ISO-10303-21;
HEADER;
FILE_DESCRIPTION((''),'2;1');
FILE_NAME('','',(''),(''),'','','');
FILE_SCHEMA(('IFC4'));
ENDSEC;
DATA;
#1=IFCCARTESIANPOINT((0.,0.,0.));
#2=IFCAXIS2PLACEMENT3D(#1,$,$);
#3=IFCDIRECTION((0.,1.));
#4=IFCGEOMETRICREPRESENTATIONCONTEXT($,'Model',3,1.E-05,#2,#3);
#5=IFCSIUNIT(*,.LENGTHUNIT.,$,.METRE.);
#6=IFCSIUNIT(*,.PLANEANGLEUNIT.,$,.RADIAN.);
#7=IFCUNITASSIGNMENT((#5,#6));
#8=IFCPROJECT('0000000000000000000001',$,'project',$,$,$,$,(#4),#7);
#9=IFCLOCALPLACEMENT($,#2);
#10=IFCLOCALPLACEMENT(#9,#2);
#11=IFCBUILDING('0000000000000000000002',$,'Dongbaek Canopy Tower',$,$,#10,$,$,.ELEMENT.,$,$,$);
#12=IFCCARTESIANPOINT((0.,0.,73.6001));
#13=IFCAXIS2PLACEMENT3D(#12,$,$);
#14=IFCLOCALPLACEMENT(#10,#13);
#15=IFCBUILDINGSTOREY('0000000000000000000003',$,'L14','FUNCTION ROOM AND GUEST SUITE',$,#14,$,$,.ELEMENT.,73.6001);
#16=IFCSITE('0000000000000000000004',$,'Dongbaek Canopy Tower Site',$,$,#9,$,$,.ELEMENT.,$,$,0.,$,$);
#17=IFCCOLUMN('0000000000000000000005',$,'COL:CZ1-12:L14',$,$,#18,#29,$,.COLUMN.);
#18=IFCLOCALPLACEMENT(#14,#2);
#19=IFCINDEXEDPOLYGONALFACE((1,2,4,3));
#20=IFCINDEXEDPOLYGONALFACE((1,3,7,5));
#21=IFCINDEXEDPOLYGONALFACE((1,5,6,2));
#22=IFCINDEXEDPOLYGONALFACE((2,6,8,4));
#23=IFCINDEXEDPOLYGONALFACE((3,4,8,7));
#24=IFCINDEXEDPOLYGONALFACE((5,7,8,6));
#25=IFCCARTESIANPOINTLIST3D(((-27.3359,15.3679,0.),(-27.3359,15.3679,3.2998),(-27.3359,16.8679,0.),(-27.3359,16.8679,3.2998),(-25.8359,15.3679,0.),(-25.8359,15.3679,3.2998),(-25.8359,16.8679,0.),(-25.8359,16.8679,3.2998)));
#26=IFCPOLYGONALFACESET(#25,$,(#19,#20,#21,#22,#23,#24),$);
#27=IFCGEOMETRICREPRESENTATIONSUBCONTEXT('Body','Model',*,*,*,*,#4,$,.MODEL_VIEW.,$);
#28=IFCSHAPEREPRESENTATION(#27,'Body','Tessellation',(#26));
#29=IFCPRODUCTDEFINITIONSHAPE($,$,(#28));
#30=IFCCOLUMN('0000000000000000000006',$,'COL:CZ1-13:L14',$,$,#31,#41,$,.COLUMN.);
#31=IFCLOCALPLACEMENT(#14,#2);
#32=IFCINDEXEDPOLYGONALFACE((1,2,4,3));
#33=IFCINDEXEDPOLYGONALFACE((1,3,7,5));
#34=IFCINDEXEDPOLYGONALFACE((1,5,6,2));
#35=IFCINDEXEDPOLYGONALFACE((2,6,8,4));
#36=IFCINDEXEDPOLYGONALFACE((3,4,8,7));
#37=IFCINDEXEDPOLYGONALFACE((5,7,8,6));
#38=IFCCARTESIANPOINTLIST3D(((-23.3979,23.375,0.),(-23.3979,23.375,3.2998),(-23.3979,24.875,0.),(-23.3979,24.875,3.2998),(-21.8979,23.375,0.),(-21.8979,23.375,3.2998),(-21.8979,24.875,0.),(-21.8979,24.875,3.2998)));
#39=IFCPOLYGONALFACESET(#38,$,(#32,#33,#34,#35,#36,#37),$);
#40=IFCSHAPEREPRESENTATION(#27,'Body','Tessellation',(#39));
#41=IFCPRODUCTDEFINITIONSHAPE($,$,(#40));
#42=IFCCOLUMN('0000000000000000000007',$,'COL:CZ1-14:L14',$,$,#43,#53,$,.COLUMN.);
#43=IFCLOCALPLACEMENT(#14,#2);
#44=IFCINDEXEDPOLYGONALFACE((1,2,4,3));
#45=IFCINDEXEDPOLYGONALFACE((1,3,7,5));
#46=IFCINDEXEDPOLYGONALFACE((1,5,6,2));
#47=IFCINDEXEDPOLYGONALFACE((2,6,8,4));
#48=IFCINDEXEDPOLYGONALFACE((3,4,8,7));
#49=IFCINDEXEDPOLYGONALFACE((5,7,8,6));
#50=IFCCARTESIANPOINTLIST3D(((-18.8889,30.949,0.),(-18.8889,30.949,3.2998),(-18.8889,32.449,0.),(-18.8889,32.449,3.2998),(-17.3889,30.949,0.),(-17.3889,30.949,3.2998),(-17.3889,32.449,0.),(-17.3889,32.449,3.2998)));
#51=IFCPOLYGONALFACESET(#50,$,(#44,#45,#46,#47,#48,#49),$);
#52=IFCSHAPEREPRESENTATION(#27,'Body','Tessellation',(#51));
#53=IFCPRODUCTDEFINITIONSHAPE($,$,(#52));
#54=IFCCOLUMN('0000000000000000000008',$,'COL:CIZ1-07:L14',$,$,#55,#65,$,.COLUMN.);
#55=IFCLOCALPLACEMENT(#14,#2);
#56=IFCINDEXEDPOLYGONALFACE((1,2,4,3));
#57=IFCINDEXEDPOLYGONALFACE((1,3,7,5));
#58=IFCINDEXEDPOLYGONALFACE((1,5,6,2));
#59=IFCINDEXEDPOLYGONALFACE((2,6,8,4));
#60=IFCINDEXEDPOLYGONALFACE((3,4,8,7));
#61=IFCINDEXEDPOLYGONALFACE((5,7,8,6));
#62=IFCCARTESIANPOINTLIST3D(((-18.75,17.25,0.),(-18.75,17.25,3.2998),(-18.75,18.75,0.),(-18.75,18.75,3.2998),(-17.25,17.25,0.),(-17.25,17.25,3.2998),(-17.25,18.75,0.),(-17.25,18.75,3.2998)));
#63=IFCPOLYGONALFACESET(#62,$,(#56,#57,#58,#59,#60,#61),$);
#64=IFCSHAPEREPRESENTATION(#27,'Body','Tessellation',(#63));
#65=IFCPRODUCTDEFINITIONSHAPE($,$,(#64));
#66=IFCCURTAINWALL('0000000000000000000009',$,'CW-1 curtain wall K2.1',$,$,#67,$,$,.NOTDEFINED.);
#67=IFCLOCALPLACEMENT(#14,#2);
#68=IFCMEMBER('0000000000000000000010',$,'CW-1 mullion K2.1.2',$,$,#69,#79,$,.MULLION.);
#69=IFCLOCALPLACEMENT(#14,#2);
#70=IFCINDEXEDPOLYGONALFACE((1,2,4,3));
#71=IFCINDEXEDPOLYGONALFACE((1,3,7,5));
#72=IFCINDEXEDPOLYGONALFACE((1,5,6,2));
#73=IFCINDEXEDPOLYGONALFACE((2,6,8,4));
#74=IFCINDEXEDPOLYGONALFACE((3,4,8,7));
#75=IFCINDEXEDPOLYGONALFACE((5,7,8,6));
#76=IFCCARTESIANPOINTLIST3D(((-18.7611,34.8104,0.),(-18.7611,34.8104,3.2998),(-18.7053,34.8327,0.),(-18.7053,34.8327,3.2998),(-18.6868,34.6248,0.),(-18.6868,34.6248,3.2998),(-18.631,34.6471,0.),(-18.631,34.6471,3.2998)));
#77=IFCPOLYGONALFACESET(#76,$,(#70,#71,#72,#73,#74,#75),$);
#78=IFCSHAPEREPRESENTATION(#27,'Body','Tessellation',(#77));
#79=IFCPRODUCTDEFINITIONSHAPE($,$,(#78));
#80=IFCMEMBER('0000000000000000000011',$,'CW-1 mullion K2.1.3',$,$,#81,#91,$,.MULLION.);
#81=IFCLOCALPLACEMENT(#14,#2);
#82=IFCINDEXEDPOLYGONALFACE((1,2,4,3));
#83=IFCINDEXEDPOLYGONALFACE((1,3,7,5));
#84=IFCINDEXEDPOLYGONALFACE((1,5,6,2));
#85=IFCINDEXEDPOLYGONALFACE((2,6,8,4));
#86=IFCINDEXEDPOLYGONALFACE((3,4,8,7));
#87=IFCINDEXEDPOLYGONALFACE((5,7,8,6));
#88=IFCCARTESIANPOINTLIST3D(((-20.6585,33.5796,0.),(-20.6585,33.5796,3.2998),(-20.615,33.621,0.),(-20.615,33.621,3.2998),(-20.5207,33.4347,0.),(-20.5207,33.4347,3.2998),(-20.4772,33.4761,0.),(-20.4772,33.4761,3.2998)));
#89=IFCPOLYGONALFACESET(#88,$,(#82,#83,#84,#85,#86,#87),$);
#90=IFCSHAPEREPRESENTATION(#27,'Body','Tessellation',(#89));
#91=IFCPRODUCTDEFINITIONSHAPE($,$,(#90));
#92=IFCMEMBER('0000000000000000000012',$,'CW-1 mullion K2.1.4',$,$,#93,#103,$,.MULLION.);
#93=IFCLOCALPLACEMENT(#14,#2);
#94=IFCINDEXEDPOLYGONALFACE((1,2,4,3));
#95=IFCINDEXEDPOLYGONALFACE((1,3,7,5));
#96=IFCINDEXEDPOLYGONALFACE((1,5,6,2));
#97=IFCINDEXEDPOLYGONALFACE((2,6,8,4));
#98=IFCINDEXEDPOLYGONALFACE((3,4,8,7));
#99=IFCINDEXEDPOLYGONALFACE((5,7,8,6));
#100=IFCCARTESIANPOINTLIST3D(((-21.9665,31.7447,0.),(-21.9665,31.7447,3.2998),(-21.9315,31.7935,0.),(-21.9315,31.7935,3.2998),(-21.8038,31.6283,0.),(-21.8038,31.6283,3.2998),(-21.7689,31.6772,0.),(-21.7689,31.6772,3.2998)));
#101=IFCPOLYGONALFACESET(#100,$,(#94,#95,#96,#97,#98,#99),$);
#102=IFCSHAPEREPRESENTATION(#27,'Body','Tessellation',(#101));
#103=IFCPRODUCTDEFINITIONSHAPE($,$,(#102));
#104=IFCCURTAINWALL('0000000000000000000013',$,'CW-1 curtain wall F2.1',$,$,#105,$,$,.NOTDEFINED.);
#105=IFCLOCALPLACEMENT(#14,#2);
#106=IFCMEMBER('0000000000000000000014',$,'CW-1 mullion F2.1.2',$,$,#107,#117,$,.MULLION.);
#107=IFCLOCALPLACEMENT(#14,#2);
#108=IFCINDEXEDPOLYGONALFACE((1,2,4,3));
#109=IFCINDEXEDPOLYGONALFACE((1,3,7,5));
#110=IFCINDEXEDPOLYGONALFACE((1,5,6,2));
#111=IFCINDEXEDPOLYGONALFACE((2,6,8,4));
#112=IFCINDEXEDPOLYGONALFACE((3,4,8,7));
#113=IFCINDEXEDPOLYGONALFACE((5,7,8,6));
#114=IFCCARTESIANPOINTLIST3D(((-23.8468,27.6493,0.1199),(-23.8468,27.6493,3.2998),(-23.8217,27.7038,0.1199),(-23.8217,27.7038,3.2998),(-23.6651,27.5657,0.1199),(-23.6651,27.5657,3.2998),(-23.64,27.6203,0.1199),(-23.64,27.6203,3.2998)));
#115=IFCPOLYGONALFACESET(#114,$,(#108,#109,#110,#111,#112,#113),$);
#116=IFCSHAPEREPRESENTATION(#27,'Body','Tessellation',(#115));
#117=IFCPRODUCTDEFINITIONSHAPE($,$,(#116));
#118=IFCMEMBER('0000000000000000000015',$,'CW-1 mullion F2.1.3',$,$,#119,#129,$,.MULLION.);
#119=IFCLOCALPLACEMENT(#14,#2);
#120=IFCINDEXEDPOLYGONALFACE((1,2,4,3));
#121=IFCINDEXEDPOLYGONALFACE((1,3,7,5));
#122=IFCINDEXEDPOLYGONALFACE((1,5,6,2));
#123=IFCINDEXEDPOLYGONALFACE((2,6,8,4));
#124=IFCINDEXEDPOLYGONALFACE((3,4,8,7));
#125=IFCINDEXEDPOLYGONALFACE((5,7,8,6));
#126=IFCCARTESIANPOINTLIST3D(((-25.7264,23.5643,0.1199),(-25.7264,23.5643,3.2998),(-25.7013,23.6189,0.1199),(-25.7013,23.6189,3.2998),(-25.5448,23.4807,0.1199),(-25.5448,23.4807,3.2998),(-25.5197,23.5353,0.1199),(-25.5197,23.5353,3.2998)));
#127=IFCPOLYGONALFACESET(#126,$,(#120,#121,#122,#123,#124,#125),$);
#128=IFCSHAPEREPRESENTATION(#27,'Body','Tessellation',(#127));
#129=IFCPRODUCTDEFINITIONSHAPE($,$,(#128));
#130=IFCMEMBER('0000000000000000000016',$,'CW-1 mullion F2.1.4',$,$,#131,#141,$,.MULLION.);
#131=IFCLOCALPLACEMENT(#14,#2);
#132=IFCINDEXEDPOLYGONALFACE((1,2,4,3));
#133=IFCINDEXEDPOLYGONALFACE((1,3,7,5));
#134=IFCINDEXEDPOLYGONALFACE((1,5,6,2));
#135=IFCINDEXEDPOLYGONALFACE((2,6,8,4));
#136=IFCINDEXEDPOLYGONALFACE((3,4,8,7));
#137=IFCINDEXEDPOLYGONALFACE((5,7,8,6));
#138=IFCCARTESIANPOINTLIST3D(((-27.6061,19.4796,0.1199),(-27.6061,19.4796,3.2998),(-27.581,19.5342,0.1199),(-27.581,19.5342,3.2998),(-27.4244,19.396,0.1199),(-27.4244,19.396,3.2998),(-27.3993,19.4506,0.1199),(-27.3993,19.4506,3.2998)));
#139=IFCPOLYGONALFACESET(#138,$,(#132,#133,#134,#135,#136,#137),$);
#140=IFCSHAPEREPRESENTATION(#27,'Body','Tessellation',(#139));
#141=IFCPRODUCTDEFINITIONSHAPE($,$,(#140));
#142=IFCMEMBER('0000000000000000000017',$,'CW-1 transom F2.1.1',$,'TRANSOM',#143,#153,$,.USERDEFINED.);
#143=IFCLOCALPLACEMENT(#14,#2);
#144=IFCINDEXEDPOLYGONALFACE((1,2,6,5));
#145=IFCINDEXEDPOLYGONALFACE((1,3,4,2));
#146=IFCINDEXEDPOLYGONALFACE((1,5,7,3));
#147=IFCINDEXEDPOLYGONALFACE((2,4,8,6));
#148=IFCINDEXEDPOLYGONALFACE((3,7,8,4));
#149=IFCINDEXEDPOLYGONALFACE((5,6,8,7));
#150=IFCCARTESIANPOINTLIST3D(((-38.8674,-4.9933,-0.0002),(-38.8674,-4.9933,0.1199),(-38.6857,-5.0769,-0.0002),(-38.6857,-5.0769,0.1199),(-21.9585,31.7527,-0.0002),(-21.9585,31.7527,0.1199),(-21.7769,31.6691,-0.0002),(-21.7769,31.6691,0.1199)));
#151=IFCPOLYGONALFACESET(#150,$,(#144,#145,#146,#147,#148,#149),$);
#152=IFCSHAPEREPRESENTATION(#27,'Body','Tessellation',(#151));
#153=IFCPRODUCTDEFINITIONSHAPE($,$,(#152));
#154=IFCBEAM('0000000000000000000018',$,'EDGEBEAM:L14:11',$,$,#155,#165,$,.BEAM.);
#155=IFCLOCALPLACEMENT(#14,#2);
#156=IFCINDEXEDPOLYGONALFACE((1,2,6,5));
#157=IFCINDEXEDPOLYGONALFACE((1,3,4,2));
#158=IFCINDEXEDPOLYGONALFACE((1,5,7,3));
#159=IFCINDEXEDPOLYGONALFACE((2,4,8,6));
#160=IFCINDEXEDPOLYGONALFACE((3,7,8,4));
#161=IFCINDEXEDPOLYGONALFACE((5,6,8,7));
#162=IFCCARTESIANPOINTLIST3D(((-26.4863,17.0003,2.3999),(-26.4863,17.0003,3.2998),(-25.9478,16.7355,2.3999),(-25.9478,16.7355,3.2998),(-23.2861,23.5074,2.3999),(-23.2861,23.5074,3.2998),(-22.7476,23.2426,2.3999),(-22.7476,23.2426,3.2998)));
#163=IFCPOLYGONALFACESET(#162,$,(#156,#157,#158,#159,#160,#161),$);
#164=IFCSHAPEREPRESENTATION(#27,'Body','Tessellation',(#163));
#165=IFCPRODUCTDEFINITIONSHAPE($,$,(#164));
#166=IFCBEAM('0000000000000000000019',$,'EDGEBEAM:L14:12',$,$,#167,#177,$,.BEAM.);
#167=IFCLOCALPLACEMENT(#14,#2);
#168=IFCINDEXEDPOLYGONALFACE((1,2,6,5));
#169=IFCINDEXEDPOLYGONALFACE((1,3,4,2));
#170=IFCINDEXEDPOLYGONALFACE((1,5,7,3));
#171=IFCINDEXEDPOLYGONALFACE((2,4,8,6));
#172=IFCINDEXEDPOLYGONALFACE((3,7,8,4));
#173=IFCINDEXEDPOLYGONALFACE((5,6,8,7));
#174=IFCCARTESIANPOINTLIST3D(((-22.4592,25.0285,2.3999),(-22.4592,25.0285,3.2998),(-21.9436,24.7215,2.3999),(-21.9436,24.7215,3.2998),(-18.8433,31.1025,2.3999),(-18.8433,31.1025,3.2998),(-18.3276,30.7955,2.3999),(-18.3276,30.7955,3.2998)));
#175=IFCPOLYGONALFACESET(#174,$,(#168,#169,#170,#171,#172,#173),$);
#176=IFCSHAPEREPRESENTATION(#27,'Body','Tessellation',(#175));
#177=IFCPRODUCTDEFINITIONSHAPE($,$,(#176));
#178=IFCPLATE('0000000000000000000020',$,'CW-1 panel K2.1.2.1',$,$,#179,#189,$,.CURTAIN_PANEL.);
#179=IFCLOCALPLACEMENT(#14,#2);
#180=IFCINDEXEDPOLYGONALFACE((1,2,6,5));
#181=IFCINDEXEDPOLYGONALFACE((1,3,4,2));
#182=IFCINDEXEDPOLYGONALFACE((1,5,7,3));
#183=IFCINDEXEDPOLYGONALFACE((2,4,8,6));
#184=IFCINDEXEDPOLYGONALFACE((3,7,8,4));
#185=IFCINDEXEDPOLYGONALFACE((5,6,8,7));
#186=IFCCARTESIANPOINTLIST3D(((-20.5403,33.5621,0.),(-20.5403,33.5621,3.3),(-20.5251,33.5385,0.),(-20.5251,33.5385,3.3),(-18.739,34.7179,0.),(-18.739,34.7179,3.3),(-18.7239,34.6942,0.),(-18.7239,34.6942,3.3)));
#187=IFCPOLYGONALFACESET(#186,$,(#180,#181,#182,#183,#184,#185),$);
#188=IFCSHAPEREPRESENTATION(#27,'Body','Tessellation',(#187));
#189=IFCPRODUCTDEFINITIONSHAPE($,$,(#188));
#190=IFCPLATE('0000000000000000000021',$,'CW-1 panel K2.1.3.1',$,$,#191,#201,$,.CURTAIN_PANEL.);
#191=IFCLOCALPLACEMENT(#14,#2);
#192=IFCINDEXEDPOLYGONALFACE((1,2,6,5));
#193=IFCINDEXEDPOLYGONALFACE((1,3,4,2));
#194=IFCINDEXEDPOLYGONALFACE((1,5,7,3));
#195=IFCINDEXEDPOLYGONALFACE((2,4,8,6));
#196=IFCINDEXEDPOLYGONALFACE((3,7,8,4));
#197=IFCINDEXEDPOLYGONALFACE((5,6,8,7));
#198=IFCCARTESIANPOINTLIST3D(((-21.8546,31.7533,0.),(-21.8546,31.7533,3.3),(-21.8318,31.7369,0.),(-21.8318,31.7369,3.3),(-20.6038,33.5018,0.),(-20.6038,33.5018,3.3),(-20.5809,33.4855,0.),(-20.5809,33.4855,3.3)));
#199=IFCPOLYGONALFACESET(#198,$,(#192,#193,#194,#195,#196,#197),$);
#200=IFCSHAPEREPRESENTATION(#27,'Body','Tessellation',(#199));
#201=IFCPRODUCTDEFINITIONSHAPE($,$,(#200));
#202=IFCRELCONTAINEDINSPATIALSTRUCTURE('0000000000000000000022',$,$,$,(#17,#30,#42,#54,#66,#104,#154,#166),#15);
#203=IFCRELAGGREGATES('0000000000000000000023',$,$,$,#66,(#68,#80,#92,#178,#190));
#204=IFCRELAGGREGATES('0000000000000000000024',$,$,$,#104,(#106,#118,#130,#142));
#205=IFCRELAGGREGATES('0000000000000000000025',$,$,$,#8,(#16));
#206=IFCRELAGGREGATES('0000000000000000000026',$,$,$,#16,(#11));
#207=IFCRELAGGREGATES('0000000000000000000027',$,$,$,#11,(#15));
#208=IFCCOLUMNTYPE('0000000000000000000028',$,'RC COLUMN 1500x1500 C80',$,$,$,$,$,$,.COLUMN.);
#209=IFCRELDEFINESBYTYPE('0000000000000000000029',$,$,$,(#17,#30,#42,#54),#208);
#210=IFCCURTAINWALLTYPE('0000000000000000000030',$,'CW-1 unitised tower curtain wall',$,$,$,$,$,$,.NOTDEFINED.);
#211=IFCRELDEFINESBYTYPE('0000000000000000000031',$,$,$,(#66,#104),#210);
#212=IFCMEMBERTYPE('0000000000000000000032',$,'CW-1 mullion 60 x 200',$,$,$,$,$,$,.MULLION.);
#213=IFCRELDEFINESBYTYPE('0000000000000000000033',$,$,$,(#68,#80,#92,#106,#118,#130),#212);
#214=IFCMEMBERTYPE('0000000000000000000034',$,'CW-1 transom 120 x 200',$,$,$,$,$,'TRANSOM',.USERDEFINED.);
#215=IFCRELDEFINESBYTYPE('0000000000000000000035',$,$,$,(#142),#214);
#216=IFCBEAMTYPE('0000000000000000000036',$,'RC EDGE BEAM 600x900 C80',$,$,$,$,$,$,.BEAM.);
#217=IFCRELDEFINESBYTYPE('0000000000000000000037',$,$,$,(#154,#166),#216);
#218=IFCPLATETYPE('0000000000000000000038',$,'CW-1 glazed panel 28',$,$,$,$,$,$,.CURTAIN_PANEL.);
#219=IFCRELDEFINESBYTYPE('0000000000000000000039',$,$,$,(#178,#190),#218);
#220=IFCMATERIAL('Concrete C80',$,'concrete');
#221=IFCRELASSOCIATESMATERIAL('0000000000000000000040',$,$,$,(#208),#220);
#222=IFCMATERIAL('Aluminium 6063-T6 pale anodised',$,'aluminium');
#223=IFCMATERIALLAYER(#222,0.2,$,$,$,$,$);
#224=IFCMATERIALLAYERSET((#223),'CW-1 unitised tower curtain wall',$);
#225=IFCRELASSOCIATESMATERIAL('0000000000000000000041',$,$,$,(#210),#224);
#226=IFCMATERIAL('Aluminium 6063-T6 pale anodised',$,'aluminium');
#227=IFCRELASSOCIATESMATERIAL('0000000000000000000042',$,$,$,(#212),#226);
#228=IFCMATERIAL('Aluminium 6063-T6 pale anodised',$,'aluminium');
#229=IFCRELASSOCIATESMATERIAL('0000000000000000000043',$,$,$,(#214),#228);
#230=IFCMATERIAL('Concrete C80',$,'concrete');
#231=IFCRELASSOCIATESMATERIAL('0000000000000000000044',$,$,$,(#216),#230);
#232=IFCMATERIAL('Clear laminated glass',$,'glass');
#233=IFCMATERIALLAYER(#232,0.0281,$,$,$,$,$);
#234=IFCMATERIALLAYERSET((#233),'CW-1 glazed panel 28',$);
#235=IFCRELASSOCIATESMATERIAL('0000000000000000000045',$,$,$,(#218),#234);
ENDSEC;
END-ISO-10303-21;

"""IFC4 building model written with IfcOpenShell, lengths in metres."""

from ifc_helpers import new_model, si_unit, direction, frame, origin, origin_2d, place, context, subcontext, project, spatial, rectangle, extrude, material, layer, layer_set, material_profile, profile_set, type_object, element, aggregate, save


model = new_model("IFC4")

# Units and contexts
model_context = context("Model", 3, precision=1e-05, world=origin(), true_north=direction((0.0, 1.0)))
body_context = subcontext(model_context, "Body", "Model", "MODEL_VIEW")
ifc_project = project(units=[si_unit("LENGTHUNIT", "METRE"), si_unit("PLANEANGLEUNIT", "RADIAN")], contexts=[model_context])

# Site, building, storey
site_placement = place(None, origin())
site = spatial("IfcSite", under=ifc_project, at=site_placement, Name="Dongbaek Canopy Tower Site", CompositionType="ELEMENT", RefElevation=0.0)
building_placement = place(site_placement, origin())
building = spatial("IfcBuilding", under=site, at=building_placement, Name="Dongbaek Canopy Tower", CompositionType="ELEMENT")
storey_placement = place(building_placement, frame((0.0, 0.0, 73.6001)))
storey = spatial("IfcBuildingStorey", under=building, at=storey_placement, Name="L14", Description="FUNCTION ROOM AND GUEST SUITE", CompositionType="ELEMENT", Elevation=73.6001)

# Columns
ifc_material_1 = material(Name="Concrete C80", Category="concrete")
ifc_material_profile_1 = material_profile(ifc_material_1, rectangle(XDim=1.5, YDim=1.5, at=origin_2d()), Name="RC COLUMN 1500x1500 C80")
ifc_profile_set_1 = profile_set([ifc_material_profile_1], Name="Concrete C80")
column_type = type_object("IfcColumnType", Name="RC COLUMN 1500x1500 C80", PredefinedType="COLUMN", material=ifc_profile_set_1)
for number, where, z_axis, x_axis, name in (
    (1, (-26.5859, 16.1179, 0.0), (0.0, 0.0, 1.0), (1.0, 0.0, 0.0), "COL:CZ1-12:L14"),
    (2, (-22.6479, 24.125, 0.0), (0.0, 0.0, 1.0), (1.0, 0.0, 0.0), "COL:CZ1-13:L14"),
    (3, (-18.1389, 31.699, 0.0), (0.0, 0.0, 1.0), (1.0, 0.0, 0.0), "COL:CZ1-14:L14"),
    (4, (-18.0, 18.0, 0.0), (0.0, 0.0, 1.0), (1.0, 0.0, 0.0), "COL:CIZ1-07:L14"),
):
    element("IfcColumn", number, at=place(storey_placement, frame(where, z_axis=z_axis, x_axis=x_axis)), inside=storey, type_object=column_type, Name=name, PredefinedType="COLUMN", context=body_context, shape_type="SweptSolid", body=[
        extrude(rectangle(XDim=1.5, YDim=1.5, at=origin_2d()), origin(), (0.0, 0.0, 1.0), 3.2998),
    ])

# Curtain walls, members
ifc_material_2 = material(Name="Aluminium 6063-T6 pale anodised", Category="aluminium")
ifc_layer_1 = layer(ifc_material_2, 0.2)
ifc_layer_set_1 = layer_set([ifc_layer_1], Name="CW-1 unitised tower curtain wall")
curtain_wall_type = type_object("IfcCurtainWallType", Name="CW-1 unitised tower curtain wall", PredefinedType="NOTDEFINED", material=ifc_layer_set_1)
curtain_wall_1_placement = place(storey_placement, origin())
curtain_wall_1 = element("IfcCurtainWall", 5, at=curtain_wall_1_placement, inside=storey, type_object=curtain_wall_type, Name="CW-1 curtain wall K2.1", PredefinedType="NOTDEFINED")
ifc_material_3 = material(Name="Aluminium 6063-T6 pale anodised", Category="aluminium")
ifc_material_profile_2 = material_profile(ifc_material_3, rectangle(XDim=0.2, YDim=0.0601, at=origin_2d()), Name="CW-1 mullion 60 x 200")
ifc_profile_set_2 = profile_set([ifc_material_profile_2], Name="Aluminium 6063-T6 pale anodised")
member_type_1 = type_object("IfcMemberType", Name="CW-1 mullion 60 x 200", PredefinedType="MULLION", material=ifc_profile_set_2)
member_1_placement = place(storey_placement, frame((-18.696, 34.7288, 0.0), z_axis=(0.0, 0.0, 1.0), x_axis=(-0.371662, 0.928368, 0.0)))
member_1 = element("IfcMember", 6, at=member_1_placement, type_object=member_type_1, Name="CW-1 mullion K2.1.2", PredefinedType="MULLION", context=body_context, shape_type="SweptSolid", body=[
    extrude(rectangle(XDim=0.2, YDim=0.0601, at=origin_2d()), origin(), (0.0, 0.0, 1.0), 3.2998),
])
member_2_placement = place(storey_placement, frame((-20.5679, 33.5278, 0.0), z_axis=(0.0, 0.0, 1.0), x_axis=(-0.689039, 0.724724, 0.0)))
member_2 = element("IfcMember", 7, at=member_2_placement, type_object=member_type_1, Name="CW-1 mullion K2.1.3", PredefinedType="MULLION", context=body_context, shape_type="SweptSolid", body=[
    extrude(rectangle(XDim=0.2, YDim=0.0601, at=origin_2d()), origin(), (0.0, 0.0, 1.0), 3.2998),
])
member_3_placement = place(storey_placement, frame((-21.8677, 31.7109, 0.0), z_axis=(0.0, 0.0, 1.0), x_axis=(-0.813325, 0.58181, 0.0)))
member_3 = element("IfcMember", 8, at=member_3_placement, type_object=member_type_1, Name="CW-1 mullion K2.1.4", PredefinedType="MULLION", context=body_context, shape_type="SweptSolid", body=[
    extrude(rectangle(XDim=0.2, YDim=0.0601, at=origin_2d()), origin(), (0.0, 0.0, 1.0), 3.2998),
])
curtain_wall_2_placement = place(storey_placement, origin())
curtain_wall_2 = element("IfcCurtainWall", 9, at=curtain_wall_2_placement, inside=storey, type_object=curtain_wall_type, Name="CW-1 curtain wall F2.1", PredefinedType="NOTDEFINED")
member_4_placement = place(storey_placement, frame((-23.7434, 27.6348, 0.1199), z_axis=(0.0, 0.0, 1.0), x_axis=(-0.908436, 0.418025, 0.0)))
member_4 = element("IfcMember", 10, at=member_4_placement, type_object=member_type_1, Name="CW-1 mullion F2.1.2", PredefinedType="MULLION", context=body_context, shape_type="SweptSolid", body=[
    extrude(rectangle(XDim=0.2, YDim=0.0601, at=origin_2d()), origin(), (0.0, 0.0, 1.0), 3.1799),
])
member_5_placement = place(storey_placement, frame((-25.623, 23.5498, 0.1199), z_axis=(0.0, 0.0, 1.0), x_axis=(-0.908436, 0.418025, 0.0)))
member_5 = element("IfcMember", 11, at=member_5_placement, type_object=member_type_1, Name="CW-1 mullion F2.1.3", PredefinedType="MULLION", context=body_context, shape_type="SweptSolid", body=[
    extrude(rectangle(XDim=0.2, YDim=0.0601, at=origin_2d()), origin(), (0.0, 0.0, 1.0), 3.1799),
])
member_6_placement = place(storey_placement, frame((-27.5027, 19.4651, 0.1199), z_axis=(0.0, 0.0, 1.0), x_axis=(-0.908436, 0.418025, 0.0)))
member_6 = element("IfcMember", 12, at=member_6_placement, type_object=member_type_1, Name="CW-1 mullion F2.1.4", PredefinedType="MULLION", context=body_context, shape_type="SweptSolid", body=[
    extrude(rectangle(XDim=0.2, YDim=0.0601, at=origin_2d()), origin(), (0.0, 0.0, 1.0), 3.1799),
])
ifc_material_4 = material(Name="Aluminium 6063-T6 pale anodised", Category="aluminium")
ifc_material_profile_3 = material_profile(ifc_material_4, rectangle(XDim=0.2, YDim=0.1201, at=origin_2d()), Name="CW-1 transom 120 x 200")
ifc_profile_set_3 = profile_set([ifc_material_profile_3], Name="Aluminium 6063-T6 pale anodised")
member_type_2 = type_object("IfcMemberType", Name="CW-1 transom 120 x 200", ElementType="TRANSOM", PredefinedType="USERDEFINED", material=ifc_profile_set_3)
member_7_placement = place(storey_placement, frame((-21.8677, 31.7109, 0.0598), z_axis=(-0.418023, -0.908437, 0.0), x_axis=(0.908437, -0.418023, 0.0)))
member_7 = element("IfcMember", 13, at=member_7_placement, type_object=member_type_2, Name="CW-1 transom F2.1.1", ObjectType="TRANSOM", PredefinedType="USERDEFINED", context=body_context, shape_type="SweptSolid", body=[
    extrude(rectangle(XDim=0.2, YDim=0.1201, at=origin_2d()), origin(), (0.0, 0.0, 1.0), 40.4497),
])

# Beams
ifc_material_5 = material(Name="Concrete C80", Category="concrete")
ifc_material_profile_4 = material_profile(ifc_material_5, rectangle(XDim=0.6001, YDim=0.8999, at=origin_2d()), Name="RC EDGE BEAM 600x900 C80")
ifc_profile_set_4 = profile_set([ifc_material_profile_4], Name="Concrete C80")
beam_type = type_object("IfcBeamType", Name="RC EDGE BEAM 600x900 C80", PredefinedType="BEAM", material=ifc_profile_set_4)
beam_1_placement = place(storey_placement, frame((-26.217, 16.8679, 2.8499), z_axis=(0.441319, 0.89735, 0.0), x_axis=(-0.89735, 0.441319, 0.0)))
element("IfcBeam", 14, at=beam_1_placement, inside=storey, type_object=beam_type, Name="EDGEBEAM:L14:11", PredefinedType="BEAM", context=body_context, shape_type="SweptSolid", body=[
    extrude(rectangle(XDim=0.6001, YDim=0.8999, at=origin_2d()), origin(), (0.0, 0.0, 1.0), 7.2515),
])
beam_2_placement = place(storey_placement, frame((-22.2014, 24.875, 2.8499), z_axis=(0.511537, 0.859261, 0.0), x_axis=(-0.859261, 0.511537, 0.0)))
element("IfcBeam", 15, at=beam_2_placement, inside=storey, type_object=beam_type, Name="EDGEBEAM:L14:12", PredefinedType="BEAM", context=body_context, shape_type="SweptSolid", body=[
    extrude(rectangle(XDim=0.6001, YDim=0.8999, at=origin_2d()), origin(), (0.0, 0.0, 1.0), 7.0688),
])

# Plates
ifc_material_6 = material(Name="Clear laminated glass", Category="glass")
ifc_layer_2 = layer(ifc_material_6, 0.0281)
ifc_layer_set_2 = layer_set([ifc_layer_2], Name="CW-1 glazed panel 28")
plate_type = type_object("IfcPlateType", Name="CW-1 glazed panel 28", PredefinedType="CURTAIN_PANEL", material=ifc_layer_set_2)
plate_1_placement = place(storey_placement, frame((-19.6321, 34.1282, 0.0), z_axis=(0.0, 0.0, 1.0), x_axis=(-0.841642, -0.540036, 0.0)))
plate_1 = element("IfcPlate", 16, at=plate_1_placement, type_object=plate_type, Name="CW-1 panel K2.1.2.1", PredefinedType="CURTAIN_PANEL", context=body_context, shape_type="SweptSolid", body=[
    extrude(rectangle(XDim=2.1401, YDim=0.0281, at=origin_2d()), origin(), (0.0, 0.0, 1.0), 3.3),
])
plate_2_placement = place(storey_placement, frame((-21.2178, 32.6194, 0.0), z_axis=(0.0, 0.0, 1.0), x_axis=(-0.58181, -0.813325, 0.0)))
plate_2 = element("IfcPlate", 17, at=plate_2_placement, type_object=plate_type, Name="CW-1 panel K2.1.3.1", PredefinedType="CURTAIN_PANEL", context=body_context, shape_type="SweptSolid", body=[
    extrude(rectangle(XDim=2.1499, YDim=0.0281, at=origin_2d()), origin(), (0.0, 0.0, 1.0), 3.3),
])
aggregate(curtain_wall_1, [member_1, member_2, member_3, plate_1, plate_2])

aggregate(curtain_wall_2, [member_4, member_5, member_6, member_7])

save(model, "model.ifc")
